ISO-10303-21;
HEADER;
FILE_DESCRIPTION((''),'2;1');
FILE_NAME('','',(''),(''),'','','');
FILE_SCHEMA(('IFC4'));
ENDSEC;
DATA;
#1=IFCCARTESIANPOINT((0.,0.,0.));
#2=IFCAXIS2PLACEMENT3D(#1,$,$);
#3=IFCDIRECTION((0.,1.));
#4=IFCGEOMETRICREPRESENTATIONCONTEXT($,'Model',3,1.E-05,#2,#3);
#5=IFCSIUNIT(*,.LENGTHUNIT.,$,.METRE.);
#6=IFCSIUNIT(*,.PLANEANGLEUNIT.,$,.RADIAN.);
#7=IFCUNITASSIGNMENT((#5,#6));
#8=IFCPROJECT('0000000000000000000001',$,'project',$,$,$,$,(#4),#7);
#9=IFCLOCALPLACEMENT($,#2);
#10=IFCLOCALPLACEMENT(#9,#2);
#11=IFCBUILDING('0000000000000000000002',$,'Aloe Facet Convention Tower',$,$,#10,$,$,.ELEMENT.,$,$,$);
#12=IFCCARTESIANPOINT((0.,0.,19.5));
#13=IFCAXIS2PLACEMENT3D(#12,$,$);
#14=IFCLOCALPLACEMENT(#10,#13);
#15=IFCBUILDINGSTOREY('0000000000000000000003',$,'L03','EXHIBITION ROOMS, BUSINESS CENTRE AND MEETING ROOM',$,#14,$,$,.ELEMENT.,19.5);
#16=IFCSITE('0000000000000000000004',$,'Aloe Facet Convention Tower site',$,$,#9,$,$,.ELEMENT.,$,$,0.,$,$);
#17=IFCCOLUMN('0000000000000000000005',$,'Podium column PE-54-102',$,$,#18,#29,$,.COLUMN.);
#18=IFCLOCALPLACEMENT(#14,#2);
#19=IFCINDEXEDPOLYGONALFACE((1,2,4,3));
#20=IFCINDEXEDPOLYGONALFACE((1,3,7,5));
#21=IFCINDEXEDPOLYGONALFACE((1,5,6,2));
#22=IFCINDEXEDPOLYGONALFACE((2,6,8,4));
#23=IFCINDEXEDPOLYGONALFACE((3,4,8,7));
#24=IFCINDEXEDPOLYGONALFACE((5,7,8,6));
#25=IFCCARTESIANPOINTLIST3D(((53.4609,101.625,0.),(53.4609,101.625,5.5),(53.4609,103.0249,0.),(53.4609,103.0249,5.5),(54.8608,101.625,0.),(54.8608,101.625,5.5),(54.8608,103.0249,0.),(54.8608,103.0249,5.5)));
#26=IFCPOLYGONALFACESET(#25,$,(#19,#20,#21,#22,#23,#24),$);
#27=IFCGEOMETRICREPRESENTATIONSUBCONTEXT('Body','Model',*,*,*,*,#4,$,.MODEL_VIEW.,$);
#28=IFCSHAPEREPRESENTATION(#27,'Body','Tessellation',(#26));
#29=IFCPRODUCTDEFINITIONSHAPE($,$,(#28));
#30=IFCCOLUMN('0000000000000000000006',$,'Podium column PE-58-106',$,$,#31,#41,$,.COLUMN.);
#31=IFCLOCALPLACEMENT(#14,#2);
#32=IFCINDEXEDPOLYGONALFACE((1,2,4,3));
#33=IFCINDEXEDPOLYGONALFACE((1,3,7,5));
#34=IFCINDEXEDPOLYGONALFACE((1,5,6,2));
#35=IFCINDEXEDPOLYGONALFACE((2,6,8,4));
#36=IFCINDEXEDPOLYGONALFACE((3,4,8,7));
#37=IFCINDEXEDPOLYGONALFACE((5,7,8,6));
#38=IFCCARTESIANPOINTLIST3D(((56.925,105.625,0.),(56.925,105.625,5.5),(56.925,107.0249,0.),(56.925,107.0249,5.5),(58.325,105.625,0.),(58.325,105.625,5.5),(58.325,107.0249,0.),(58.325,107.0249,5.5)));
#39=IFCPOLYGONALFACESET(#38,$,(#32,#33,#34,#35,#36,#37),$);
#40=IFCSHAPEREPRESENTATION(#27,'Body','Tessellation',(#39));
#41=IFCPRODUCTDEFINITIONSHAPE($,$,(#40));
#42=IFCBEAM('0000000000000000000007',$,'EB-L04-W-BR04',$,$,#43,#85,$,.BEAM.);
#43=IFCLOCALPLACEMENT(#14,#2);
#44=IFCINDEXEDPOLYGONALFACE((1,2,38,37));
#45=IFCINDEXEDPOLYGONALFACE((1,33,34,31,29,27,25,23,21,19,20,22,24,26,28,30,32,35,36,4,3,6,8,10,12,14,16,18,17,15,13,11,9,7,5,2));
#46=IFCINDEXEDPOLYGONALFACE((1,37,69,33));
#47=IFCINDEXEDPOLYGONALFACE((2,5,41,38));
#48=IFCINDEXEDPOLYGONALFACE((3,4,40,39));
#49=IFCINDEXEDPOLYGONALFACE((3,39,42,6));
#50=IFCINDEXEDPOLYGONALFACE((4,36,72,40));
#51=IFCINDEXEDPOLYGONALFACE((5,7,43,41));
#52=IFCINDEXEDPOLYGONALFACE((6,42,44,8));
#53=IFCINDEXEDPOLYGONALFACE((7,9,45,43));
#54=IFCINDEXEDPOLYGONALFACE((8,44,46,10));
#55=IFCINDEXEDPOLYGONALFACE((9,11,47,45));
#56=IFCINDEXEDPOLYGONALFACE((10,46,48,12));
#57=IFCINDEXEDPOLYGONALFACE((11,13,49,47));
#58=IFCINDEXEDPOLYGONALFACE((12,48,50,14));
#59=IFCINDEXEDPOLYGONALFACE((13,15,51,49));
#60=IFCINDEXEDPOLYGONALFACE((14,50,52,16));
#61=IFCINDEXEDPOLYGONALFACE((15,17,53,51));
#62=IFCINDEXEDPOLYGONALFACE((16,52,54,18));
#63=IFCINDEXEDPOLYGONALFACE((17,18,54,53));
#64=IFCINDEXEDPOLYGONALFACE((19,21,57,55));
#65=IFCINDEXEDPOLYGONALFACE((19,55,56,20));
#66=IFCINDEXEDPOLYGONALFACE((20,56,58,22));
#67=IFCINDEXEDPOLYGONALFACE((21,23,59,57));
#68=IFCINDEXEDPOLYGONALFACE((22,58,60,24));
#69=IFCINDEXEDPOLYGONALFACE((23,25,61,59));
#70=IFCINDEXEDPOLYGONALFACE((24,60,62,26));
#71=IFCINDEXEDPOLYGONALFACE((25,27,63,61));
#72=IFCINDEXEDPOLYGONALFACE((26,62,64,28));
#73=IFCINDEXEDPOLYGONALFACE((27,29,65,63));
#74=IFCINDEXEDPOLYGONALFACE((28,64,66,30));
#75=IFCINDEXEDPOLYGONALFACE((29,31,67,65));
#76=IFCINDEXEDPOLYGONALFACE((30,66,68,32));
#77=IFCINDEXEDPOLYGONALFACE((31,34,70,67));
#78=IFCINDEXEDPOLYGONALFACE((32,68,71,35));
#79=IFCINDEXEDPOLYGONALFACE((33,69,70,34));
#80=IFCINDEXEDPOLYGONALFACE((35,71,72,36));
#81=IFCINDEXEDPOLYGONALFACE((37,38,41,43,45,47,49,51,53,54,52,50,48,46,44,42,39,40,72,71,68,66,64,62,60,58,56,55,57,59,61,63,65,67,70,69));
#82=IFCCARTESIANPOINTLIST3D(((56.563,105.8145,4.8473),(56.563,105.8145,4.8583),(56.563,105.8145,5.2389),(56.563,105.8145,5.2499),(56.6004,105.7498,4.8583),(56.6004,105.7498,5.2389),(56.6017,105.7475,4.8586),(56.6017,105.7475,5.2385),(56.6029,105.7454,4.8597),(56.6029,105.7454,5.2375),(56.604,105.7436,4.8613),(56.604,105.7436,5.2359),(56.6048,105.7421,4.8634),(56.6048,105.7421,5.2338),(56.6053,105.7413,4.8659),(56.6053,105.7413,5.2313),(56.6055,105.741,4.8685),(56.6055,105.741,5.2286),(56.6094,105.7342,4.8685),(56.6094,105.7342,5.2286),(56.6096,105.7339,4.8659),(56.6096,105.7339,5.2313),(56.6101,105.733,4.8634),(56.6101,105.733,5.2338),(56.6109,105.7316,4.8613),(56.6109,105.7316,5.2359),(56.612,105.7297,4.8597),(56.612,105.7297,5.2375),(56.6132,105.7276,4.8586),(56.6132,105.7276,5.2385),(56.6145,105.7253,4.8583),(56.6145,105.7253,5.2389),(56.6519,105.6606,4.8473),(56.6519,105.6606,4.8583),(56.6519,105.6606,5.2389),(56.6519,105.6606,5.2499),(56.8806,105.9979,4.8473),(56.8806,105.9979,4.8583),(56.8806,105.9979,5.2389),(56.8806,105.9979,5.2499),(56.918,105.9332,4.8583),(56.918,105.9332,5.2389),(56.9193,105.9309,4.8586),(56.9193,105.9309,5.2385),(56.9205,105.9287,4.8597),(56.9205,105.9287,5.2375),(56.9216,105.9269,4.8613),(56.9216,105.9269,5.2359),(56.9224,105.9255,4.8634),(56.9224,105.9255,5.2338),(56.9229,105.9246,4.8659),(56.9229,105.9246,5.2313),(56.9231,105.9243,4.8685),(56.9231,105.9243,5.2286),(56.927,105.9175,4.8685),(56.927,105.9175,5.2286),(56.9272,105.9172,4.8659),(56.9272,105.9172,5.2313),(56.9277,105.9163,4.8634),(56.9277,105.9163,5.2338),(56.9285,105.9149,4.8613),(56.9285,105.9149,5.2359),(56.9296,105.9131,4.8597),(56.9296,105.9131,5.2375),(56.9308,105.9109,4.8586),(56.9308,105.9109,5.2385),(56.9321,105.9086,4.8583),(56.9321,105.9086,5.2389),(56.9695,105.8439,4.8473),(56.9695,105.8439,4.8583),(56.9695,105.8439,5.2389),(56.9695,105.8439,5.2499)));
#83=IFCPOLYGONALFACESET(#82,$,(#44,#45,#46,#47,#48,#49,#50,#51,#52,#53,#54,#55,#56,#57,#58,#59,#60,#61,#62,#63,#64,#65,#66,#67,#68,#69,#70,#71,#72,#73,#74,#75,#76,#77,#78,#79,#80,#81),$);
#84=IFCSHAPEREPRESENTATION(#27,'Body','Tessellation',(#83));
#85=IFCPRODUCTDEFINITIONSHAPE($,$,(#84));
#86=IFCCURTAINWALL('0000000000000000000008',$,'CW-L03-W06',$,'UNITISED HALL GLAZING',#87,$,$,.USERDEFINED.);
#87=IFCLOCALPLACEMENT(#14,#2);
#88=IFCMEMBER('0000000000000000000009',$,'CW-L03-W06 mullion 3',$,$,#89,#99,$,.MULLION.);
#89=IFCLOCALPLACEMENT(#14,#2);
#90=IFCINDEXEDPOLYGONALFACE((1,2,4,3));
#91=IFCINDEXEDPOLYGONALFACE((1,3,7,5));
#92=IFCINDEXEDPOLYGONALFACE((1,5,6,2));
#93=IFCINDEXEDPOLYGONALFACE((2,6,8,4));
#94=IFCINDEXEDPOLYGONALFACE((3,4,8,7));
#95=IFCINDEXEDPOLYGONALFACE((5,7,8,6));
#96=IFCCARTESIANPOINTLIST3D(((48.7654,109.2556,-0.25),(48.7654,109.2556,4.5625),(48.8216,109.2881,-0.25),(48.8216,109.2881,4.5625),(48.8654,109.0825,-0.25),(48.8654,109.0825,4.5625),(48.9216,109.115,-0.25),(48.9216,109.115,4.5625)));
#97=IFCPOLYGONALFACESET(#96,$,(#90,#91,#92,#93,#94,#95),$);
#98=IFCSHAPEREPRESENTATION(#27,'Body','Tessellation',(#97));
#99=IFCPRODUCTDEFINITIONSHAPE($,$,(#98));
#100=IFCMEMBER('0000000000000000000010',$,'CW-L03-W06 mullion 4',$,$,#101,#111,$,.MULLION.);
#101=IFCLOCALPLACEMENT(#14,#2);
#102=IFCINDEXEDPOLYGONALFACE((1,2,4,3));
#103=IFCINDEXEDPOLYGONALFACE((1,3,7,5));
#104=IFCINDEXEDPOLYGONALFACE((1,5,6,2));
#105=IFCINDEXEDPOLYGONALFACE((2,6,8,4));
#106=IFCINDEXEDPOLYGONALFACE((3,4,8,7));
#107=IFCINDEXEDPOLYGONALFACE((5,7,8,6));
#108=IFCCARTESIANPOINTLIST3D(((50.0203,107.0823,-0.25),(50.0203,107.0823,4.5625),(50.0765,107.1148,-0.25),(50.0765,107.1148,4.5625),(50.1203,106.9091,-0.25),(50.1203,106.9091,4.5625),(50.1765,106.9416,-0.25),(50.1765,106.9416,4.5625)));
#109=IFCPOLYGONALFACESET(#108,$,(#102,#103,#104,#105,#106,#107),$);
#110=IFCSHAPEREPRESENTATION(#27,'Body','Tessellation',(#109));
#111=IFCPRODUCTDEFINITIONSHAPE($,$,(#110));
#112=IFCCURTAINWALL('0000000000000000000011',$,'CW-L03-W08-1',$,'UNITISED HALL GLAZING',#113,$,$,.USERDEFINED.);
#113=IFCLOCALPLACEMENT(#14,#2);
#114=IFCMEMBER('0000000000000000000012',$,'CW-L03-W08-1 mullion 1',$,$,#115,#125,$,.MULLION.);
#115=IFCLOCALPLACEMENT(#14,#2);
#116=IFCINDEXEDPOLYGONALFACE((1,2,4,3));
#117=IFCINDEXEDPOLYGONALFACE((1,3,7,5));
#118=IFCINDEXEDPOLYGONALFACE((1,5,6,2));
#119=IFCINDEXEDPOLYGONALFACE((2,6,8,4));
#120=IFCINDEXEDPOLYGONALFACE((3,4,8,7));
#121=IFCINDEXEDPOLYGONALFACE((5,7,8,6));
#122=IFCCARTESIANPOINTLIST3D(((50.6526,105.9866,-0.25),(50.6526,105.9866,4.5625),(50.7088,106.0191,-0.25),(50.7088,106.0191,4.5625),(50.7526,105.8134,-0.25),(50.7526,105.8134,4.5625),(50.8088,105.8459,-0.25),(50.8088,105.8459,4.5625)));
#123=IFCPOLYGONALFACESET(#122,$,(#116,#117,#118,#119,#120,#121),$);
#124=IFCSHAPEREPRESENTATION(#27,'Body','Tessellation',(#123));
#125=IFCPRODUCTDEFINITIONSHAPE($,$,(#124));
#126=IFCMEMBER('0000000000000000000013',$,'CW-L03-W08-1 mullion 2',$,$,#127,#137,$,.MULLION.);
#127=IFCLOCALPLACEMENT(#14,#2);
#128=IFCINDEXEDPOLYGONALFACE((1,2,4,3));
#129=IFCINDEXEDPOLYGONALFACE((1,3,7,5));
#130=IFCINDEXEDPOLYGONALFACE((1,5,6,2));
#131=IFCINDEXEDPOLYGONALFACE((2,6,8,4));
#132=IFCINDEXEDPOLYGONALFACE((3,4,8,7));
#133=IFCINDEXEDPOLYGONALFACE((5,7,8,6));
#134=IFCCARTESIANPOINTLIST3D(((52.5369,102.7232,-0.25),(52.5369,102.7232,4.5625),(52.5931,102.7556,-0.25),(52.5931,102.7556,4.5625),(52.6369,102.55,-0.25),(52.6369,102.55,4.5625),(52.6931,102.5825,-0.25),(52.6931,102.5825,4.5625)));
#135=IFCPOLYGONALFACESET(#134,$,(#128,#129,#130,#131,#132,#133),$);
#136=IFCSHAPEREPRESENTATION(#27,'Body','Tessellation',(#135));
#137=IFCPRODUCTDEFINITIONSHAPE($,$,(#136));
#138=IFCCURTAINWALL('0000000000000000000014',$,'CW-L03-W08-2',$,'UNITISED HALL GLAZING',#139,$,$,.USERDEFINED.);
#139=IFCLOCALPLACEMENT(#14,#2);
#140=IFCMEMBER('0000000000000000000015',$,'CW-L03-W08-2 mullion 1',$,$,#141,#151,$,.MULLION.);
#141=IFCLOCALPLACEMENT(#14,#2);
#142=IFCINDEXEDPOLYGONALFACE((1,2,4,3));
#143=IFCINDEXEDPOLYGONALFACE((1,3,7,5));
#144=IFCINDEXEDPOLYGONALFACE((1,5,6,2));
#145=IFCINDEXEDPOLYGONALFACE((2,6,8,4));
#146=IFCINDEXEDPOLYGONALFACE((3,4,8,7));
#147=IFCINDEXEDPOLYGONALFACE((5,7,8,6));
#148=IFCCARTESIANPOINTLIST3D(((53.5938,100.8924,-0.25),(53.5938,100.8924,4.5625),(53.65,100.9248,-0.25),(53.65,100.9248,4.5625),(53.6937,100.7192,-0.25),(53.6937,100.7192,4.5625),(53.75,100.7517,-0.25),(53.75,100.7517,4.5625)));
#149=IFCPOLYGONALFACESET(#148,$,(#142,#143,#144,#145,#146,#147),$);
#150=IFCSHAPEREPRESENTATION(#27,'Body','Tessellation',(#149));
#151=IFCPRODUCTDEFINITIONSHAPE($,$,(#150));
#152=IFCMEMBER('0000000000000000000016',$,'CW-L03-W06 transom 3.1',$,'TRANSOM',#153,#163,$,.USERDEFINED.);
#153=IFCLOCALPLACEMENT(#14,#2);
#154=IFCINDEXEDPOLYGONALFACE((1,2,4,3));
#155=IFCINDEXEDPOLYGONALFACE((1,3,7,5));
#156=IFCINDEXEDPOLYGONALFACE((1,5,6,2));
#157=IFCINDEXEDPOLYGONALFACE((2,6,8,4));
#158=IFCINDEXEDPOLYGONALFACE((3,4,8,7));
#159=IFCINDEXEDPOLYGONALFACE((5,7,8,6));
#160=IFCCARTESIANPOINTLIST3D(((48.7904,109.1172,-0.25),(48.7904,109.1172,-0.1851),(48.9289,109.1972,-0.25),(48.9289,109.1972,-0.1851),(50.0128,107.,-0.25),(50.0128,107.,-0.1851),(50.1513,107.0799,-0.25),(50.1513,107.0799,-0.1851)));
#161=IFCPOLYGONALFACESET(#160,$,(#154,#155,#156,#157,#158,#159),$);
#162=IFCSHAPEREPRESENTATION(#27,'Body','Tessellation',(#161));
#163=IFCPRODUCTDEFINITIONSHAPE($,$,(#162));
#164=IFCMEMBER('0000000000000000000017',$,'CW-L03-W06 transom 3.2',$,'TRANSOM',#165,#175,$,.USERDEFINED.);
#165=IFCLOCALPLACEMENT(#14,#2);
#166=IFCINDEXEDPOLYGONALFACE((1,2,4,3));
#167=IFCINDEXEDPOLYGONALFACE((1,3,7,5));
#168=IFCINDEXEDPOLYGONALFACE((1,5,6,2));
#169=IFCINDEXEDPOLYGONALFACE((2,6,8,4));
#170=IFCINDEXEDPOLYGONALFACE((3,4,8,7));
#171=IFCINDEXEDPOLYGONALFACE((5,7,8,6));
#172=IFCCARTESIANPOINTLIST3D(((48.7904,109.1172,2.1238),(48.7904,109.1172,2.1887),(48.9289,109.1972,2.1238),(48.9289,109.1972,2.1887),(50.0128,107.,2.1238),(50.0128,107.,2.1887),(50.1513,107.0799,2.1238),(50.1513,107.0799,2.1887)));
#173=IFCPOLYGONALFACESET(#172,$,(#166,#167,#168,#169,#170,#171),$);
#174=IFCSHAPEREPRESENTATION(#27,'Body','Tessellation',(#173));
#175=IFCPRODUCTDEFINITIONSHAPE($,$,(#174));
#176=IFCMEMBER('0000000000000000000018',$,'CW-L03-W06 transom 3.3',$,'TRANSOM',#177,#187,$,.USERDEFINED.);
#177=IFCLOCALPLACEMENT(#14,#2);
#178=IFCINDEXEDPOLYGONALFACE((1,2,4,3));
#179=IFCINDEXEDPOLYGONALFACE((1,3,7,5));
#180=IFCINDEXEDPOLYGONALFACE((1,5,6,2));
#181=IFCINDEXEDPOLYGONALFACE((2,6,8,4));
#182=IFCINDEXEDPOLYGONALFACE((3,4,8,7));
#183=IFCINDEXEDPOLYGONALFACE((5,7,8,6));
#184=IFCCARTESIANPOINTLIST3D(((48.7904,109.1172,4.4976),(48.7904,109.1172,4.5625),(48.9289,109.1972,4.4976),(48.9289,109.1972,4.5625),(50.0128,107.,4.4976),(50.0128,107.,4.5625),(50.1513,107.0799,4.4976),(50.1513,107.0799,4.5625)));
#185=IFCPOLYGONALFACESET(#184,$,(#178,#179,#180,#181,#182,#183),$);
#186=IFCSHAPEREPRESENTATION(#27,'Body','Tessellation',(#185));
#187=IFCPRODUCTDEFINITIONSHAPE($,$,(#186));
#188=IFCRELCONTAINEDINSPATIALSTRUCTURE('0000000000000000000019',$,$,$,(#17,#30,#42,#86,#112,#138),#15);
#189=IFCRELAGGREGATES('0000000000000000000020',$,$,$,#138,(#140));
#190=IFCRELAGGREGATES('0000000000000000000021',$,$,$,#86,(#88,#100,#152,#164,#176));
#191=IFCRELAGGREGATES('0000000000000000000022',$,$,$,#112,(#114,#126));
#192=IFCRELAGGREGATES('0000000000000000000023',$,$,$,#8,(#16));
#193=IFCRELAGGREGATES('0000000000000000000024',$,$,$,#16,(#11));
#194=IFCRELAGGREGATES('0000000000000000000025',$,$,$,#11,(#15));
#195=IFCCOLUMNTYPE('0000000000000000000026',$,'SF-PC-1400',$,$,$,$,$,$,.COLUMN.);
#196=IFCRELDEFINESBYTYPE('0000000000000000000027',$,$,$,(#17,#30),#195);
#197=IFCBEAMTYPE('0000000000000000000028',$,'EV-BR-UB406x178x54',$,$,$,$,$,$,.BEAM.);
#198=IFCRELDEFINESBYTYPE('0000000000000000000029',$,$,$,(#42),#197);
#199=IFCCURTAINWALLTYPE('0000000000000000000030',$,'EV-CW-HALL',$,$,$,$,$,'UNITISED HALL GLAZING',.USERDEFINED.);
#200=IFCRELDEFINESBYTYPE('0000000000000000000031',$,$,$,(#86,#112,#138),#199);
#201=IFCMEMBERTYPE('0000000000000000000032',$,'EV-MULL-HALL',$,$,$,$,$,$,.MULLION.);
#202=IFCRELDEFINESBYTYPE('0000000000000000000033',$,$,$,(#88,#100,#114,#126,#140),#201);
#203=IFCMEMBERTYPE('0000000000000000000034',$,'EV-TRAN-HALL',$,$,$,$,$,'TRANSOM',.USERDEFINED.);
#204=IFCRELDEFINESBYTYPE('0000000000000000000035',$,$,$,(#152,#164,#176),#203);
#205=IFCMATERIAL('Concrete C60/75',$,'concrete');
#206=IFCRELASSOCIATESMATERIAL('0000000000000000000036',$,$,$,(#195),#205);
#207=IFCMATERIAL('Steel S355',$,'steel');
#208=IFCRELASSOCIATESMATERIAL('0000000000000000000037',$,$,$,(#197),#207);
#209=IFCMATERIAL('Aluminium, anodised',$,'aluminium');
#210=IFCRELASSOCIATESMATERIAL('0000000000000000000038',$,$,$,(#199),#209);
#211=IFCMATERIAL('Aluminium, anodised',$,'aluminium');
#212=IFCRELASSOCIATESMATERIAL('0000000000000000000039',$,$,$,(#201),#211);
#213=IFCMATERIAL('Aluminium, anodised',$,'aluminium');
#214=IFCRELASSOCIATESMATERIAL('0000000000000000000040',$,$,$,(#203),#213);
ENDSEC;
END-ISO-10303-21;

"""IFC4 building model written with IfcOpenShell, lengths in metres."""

from ifc_helpers import new_model, si_unit, direction, frame, origin, origin_2d, place, context, subcontext, project, spatial, rectangle, i_section, extrude, material, material_profile, profile_set, type_object, element, aggregate, save


model = new_model("IFC4")

# Units and contexts
model_context = context("Model", 3, precision=1e-05, world=origin(), true_north=direction((0.0, 1.0)))
body_context = subcontext(model_context, "Body", "Model", "MODEL_VIEW")
ifc_project = project(units=[si_unit("LENGTHUNIT", "METRE"), si_unit("PLANEANGLEUNIT", "RADIAN")], contexts=[model_context])

# Site, building, storey
site_placement = place(None, origin())
site = spatial("IfcSite", under=ifc_project, at=site_placement, Name="Aloe Facet Convention Tower site", CompositionType="ELEMENT", RefElevation=0.0)
building_placement = place(site_placement, origin())
building = spatial("IfcBuilding", under=site, at=building_placement, Name="Aloe Facet Convention Tower", CompositionType="ELEMENT")
storey_placement = place(building_placement, frame((0.0, 0.0, 19.5)))
storey = spatial("IfcBuildingStorey", under=building, at=storey_placement, Name="L03", Description="EXHIBITION ROOMS, BUSINESS CENTRE AND MEETING ROOM", CompositionType="ELEMENT", Elevation=19.5)

# Columns
ifc_material_1 = material(Name="Concrete C60/75", Category="concrete")
ifc_material_profile_1 = material_profile(ifc_material_1, rectangle(XDim=1.3999, YDim=1.3999, at=origin_2d()), Name="SF-PC-1400")
ifc_profile_set_1 = profile_set([ifc_material_profile_1], Name="Concrete C60/75")
column_type = type_object("IfcColumnType", Name="SF-PC-1400", PredefinedType="COLUMN", material=ifc_profile_set_1)
for number, where, z_axis, x_axis, name in (
    (1, (54.1609, 102.325, 0.0), (0.0, 0.0, 1.0), (1.0, 0.0, 0.0), "Podium column PE-54-102"),
    (2, (57.625, 106.325, 0.0), (0.0, 0.0, 1.0), (1.0, 0.0, 0.0), "Podium column PE-58-106"),
):
    element("IfcColumn", number, at=place(storey_placement, frame(where, z_axis=z_axis, x_axis=x_axis)), inside=storey, type_object=column_type, Name=name, PredefinedType="COLUMN", context=body_context, shape_type="SweptSolid", body=[
        extrude(rectangle(XDim=1.3999, YDim=1.3999, at=origin_2d()), origin(), (0.0, 0.0, 1.0), 5.5),
    ])

# Beam
ifc_material_2 = material(Name="Steel S355", Category="steel")
ifc_material_profile_2 = material_profile(ifc_material_2, i_section(OverallWidth=0.1777, OverallDepth=0.4026, WebThickness=0.0078, FlangeThickness=0.011, FilletRadius=0.0103, at=origin_2d()), Name="UB 406x178x54")
ifc_profile_set_2 = profile_set([ifc_material_profile_2], Name="Steel S355")
beam_type_1 = type_object("IfcBeamType", Name="EV-BR-UB406x178x54", PredefinedType="BEAM", material=ifc_profile_set_2)
beam_1_placement = place(storey_placement, frame((56.925, 105.9209, 5.0486), z_axis=(-0.866064, -0.499934, 0.0), x_axis=(0.499934, -0.866064, 0.0)))
element("IfcBeam", 3, at=beam_1_placement, inside=storey, type_object=beam_type_1, Name="EB-L04-W-BR04", PredefinedType="BEAM", context=body_context, shape_type="SweptSolid", body=[
    extrude(i_section(OverallWidth=0.1777, OverallDepth=0.4026, WebThickness=0.0078, FlangeThickness=0.011, FilletRadius=0.0103, at=origin_2d()), origin(), (0.0, 0.0, 1.0), 0.3667),
])

# Curtain walls, members
ifc_material_3 = material(Name="Aluminium, anodised", Category="aluminium")
curtain_wall_type = type_object("IfcCurtainWallType", Name="EV-CW-HALL", ElementType="UNITISED HALL GLAZING", PredefinedType="USERDEFINED", material=ifc_material_3)
curtain_wall_1_placement = place(storey_placement, origin())
curtain_wall_1 = element("IfcCurtainWall", 4, at=curtain_wall_1_placement, inside=storey, type_object=curtain_wall_type, Name="CW-L03-W06", ObjectType="UNITISED HALL GLAZING", PredefinedType="USERDEFINED")
ifc_material_4 = material(Name="Aluminium, anodised", Category="aluminium")
ifc_material_profile_3 = material_profile(ifc_material_4, rectangle(XDim=0.0649, YDim=0.2, at=origin_2d()), Name="AL 65x200")
ifc_profile_set_3 = profile_set([ifc_material_profile_3], Name="Aluminium, anodised")
member_type_1 = type_object("IfcMemberType", Name="EV-MULL-HALL", PredefinedType="MULLION", material=ifc_profile_set_3)
member_1_placement = place(storey_placement, frame((48.8435, 109.1853, -0.25), z_axis=(0.0, 0.0, 1.0), x_axis=(0.866025, 0.5, 0.0)))
member_1 = element("IfcMember", 5, at=member_1_placement, type_object=member_type_1, Name="CW-L03-W06 mullion 3", PredefinedType="MULLION", context=body_context, shape_type="SweptSolid", body=[
    extrude(rectangle(XDim=0.0649, YDim=0.2, at=origin_2d()), origin(), (0.0, 0.0, 1.0), 4.8125),
])
member_2_placement = place(storey_placement, frame((50.0984, 107.012, -0.25), z_axis=(0.0, 0.0, 1.0), x_axis=(0.866025, 0.5, 0.0)))
member_2 = element("IfcMember", 6, at=member_2_placement, type_object=member_type_1, Name="CW-L03-W06 mullion 4", PredefinedType="MULLION", context=body_context, shape_type="SweptSolid", body=[
    extrude(rectangle(XDim=0.0649, YDim=0.2, at=origin_2d()), origin(), (0.0, 0.0, 1.0), 4.8125),
])
curtain_wall_2_placement = place(storey_placement, origin())
curtain_wall_2 = element("IfcCurtainWall", 7, at=curtain_wall_2_placement, inside=storey, type_object=curtain_wall_type, Name="CW-L03-W08-1", ObjectType="UNITISED HALL GLAZING", PredefinedType="USERDEFINED")
member_3_placement = place(storey_placement, frame((50.7307, 105.9163, -0.25), z_axis=(0.0, 0.0, 1.0), x_axis=(0.866025, 0.5, 0.0)))
member_3 = element("IfcMember", 8, at=member_3_placement, type_object=member_type_1, Name="CW-L03-W08-1 mullion 1", PredefinedType="MULLION", context=body_context, shape_type="SweptSolid", body=[
    extrude(rectangle(XDim=0.0649, YDim=0.2, at=origin_2d()), origin(), (0.0, 0.0, 1.0), 4.8125),
])
member_4_placement = place(storey_placement, frame((52.615, 102.6528, -0.25), z_axis=(0.0, 0.0, 1.0), x_axis=(0.866025, 0.5, 0.0)))
member_4 = element("IfcMember", 9, at=member_4_placement, type_object=member_type_1, Name="CW-L03-W08-1 mullion 2", PredefinedType="MULLION", context=body_context, shape_type="SweptSolid", body=[
    extrude(rectangle(XDim=0.0649, YDim=0.2, at=origin_2d()), origin(), (0.0, 0.0, 1.0), 4.8125),
])

# Curtain wall, member
curtain_wall_3_placement = place(storey_placement, origin())
curtain_wall_3 = element("IfcCurtainWall", 10, at=curtain_wall_3_placement, inside=storey, type_object=curtain_wall_type, Name="CW-L03-W08-2", ObjectType="UNITISED HALL GLAZING", PredefinedType="USERDEFINED")
member_5_placement = place(storey_placement, frame((53.6719, 100.822, -0.25), z_axis=(0.0, 0.0, 1.0), x_axis=(0.866025, 0.5, 0.0)))
member_5 = element("IfcMember", 11, at=member_5_placement, type_object=member_type_1, Name="CW-L03-W08-2 mullion 1", PredefinedType="MULLION", context=body_context, shape_type="SweptSolid", body=[
    extrude(rectangle(XDim=0.0649, YDim=0.2, at=origin_2d()), origin(), (0.0, 0.0, 1.0), 4.8125),
])

# Members
ifc_material_5 = material(Name="Aluminium, anodised", Category="aluminium")
ifc_material_profile_4 = material_profile(ifc_material_5, rectangle(XDim=0.1599, YDim=0.0649, at=origin_2d()), Name="AL 160x65")
ifc_profile_set_4 = profile_set([ifc_material_profile_4], Name="Aluminium, anodised")
member_type_2 = type_object("IfcMemberType", Name="EV-TRAN-HALL", ElementType="TRANSOM", PredefinedType="USERDEFINED", material=ifc_profile_set_4)
member_6_placement = place(storey_placement, frame((48.8596, 109.1572, -0.2175), z_axis=(0.500016, -0.866016, 0.0), x_axis=(0.866016, 0.500016, 0.0)))
member_6 = element("IfcMember", 12, at=member_6_placement, type_object=member_type_2, Name="CW-L03-W06 transom 3.1", ObjectType="TRANSOM", PredefinedType="USERDEFINED", context=body_context, shape_type="SweptSolid", body=[
    extrude(rectangle(XDim=0.1599, YDim=0.0649, at=origin_2d()), origin(), (0.0, 0.0, 1.0), 2.4448),
])
member_7_placement = place(storey_placement, frame((48.8596, 109.1572, 2.1562), z_axis=(0.500016, -0.866016, 0.0), x_axis=(0.866016, 0.500016, 0.0)))
member_7 = element("IfcMember", 13, at=member_7_placement, type_object=member_type_2, Name="CW-L03-W06 transom 3.2", ObjectType="TRANSOM", PredefinedType="USERDEFINED", context=body_context, shape_type="SweptSolid", body=[
    extrude(rectangle(XDim=0.1599, YDim=0.0649, at=origin_2d()), origin(), (0.0, 0.0, 1.0), 2.4448),
])
member_8_placement = place(storey_placement, frame((48.8596, 109.1572, 4.53), z_axis=(0.500016, -0.866016, 0.0), x_axis=(0.866016, 0.500016, 0.0)))
member_8 = element("IfcMember", 14, at=member_8_placement, type_object=member_type_2, Name="CW-L03-W06 transom 3.3", ObjectType="TRANSOM", PredefinedType="USERDEFINED", context=body_context, shape_type="SweptSolid", body=[
    extrude(rectangle(XDim=0.1599, YDim=0.0649, at=origin_2d()), origin(), (0.0, 0.0, 1.0), 2.4448),
])
aggregate(curtain_wall_3, [member_5])

aggregate(curtain_wall_1, [member_1, member_2, member_6, member_7, member_8])
aggregate(curtain_wall_2, [member_3, member_4])

save(model, "model.ifc")
